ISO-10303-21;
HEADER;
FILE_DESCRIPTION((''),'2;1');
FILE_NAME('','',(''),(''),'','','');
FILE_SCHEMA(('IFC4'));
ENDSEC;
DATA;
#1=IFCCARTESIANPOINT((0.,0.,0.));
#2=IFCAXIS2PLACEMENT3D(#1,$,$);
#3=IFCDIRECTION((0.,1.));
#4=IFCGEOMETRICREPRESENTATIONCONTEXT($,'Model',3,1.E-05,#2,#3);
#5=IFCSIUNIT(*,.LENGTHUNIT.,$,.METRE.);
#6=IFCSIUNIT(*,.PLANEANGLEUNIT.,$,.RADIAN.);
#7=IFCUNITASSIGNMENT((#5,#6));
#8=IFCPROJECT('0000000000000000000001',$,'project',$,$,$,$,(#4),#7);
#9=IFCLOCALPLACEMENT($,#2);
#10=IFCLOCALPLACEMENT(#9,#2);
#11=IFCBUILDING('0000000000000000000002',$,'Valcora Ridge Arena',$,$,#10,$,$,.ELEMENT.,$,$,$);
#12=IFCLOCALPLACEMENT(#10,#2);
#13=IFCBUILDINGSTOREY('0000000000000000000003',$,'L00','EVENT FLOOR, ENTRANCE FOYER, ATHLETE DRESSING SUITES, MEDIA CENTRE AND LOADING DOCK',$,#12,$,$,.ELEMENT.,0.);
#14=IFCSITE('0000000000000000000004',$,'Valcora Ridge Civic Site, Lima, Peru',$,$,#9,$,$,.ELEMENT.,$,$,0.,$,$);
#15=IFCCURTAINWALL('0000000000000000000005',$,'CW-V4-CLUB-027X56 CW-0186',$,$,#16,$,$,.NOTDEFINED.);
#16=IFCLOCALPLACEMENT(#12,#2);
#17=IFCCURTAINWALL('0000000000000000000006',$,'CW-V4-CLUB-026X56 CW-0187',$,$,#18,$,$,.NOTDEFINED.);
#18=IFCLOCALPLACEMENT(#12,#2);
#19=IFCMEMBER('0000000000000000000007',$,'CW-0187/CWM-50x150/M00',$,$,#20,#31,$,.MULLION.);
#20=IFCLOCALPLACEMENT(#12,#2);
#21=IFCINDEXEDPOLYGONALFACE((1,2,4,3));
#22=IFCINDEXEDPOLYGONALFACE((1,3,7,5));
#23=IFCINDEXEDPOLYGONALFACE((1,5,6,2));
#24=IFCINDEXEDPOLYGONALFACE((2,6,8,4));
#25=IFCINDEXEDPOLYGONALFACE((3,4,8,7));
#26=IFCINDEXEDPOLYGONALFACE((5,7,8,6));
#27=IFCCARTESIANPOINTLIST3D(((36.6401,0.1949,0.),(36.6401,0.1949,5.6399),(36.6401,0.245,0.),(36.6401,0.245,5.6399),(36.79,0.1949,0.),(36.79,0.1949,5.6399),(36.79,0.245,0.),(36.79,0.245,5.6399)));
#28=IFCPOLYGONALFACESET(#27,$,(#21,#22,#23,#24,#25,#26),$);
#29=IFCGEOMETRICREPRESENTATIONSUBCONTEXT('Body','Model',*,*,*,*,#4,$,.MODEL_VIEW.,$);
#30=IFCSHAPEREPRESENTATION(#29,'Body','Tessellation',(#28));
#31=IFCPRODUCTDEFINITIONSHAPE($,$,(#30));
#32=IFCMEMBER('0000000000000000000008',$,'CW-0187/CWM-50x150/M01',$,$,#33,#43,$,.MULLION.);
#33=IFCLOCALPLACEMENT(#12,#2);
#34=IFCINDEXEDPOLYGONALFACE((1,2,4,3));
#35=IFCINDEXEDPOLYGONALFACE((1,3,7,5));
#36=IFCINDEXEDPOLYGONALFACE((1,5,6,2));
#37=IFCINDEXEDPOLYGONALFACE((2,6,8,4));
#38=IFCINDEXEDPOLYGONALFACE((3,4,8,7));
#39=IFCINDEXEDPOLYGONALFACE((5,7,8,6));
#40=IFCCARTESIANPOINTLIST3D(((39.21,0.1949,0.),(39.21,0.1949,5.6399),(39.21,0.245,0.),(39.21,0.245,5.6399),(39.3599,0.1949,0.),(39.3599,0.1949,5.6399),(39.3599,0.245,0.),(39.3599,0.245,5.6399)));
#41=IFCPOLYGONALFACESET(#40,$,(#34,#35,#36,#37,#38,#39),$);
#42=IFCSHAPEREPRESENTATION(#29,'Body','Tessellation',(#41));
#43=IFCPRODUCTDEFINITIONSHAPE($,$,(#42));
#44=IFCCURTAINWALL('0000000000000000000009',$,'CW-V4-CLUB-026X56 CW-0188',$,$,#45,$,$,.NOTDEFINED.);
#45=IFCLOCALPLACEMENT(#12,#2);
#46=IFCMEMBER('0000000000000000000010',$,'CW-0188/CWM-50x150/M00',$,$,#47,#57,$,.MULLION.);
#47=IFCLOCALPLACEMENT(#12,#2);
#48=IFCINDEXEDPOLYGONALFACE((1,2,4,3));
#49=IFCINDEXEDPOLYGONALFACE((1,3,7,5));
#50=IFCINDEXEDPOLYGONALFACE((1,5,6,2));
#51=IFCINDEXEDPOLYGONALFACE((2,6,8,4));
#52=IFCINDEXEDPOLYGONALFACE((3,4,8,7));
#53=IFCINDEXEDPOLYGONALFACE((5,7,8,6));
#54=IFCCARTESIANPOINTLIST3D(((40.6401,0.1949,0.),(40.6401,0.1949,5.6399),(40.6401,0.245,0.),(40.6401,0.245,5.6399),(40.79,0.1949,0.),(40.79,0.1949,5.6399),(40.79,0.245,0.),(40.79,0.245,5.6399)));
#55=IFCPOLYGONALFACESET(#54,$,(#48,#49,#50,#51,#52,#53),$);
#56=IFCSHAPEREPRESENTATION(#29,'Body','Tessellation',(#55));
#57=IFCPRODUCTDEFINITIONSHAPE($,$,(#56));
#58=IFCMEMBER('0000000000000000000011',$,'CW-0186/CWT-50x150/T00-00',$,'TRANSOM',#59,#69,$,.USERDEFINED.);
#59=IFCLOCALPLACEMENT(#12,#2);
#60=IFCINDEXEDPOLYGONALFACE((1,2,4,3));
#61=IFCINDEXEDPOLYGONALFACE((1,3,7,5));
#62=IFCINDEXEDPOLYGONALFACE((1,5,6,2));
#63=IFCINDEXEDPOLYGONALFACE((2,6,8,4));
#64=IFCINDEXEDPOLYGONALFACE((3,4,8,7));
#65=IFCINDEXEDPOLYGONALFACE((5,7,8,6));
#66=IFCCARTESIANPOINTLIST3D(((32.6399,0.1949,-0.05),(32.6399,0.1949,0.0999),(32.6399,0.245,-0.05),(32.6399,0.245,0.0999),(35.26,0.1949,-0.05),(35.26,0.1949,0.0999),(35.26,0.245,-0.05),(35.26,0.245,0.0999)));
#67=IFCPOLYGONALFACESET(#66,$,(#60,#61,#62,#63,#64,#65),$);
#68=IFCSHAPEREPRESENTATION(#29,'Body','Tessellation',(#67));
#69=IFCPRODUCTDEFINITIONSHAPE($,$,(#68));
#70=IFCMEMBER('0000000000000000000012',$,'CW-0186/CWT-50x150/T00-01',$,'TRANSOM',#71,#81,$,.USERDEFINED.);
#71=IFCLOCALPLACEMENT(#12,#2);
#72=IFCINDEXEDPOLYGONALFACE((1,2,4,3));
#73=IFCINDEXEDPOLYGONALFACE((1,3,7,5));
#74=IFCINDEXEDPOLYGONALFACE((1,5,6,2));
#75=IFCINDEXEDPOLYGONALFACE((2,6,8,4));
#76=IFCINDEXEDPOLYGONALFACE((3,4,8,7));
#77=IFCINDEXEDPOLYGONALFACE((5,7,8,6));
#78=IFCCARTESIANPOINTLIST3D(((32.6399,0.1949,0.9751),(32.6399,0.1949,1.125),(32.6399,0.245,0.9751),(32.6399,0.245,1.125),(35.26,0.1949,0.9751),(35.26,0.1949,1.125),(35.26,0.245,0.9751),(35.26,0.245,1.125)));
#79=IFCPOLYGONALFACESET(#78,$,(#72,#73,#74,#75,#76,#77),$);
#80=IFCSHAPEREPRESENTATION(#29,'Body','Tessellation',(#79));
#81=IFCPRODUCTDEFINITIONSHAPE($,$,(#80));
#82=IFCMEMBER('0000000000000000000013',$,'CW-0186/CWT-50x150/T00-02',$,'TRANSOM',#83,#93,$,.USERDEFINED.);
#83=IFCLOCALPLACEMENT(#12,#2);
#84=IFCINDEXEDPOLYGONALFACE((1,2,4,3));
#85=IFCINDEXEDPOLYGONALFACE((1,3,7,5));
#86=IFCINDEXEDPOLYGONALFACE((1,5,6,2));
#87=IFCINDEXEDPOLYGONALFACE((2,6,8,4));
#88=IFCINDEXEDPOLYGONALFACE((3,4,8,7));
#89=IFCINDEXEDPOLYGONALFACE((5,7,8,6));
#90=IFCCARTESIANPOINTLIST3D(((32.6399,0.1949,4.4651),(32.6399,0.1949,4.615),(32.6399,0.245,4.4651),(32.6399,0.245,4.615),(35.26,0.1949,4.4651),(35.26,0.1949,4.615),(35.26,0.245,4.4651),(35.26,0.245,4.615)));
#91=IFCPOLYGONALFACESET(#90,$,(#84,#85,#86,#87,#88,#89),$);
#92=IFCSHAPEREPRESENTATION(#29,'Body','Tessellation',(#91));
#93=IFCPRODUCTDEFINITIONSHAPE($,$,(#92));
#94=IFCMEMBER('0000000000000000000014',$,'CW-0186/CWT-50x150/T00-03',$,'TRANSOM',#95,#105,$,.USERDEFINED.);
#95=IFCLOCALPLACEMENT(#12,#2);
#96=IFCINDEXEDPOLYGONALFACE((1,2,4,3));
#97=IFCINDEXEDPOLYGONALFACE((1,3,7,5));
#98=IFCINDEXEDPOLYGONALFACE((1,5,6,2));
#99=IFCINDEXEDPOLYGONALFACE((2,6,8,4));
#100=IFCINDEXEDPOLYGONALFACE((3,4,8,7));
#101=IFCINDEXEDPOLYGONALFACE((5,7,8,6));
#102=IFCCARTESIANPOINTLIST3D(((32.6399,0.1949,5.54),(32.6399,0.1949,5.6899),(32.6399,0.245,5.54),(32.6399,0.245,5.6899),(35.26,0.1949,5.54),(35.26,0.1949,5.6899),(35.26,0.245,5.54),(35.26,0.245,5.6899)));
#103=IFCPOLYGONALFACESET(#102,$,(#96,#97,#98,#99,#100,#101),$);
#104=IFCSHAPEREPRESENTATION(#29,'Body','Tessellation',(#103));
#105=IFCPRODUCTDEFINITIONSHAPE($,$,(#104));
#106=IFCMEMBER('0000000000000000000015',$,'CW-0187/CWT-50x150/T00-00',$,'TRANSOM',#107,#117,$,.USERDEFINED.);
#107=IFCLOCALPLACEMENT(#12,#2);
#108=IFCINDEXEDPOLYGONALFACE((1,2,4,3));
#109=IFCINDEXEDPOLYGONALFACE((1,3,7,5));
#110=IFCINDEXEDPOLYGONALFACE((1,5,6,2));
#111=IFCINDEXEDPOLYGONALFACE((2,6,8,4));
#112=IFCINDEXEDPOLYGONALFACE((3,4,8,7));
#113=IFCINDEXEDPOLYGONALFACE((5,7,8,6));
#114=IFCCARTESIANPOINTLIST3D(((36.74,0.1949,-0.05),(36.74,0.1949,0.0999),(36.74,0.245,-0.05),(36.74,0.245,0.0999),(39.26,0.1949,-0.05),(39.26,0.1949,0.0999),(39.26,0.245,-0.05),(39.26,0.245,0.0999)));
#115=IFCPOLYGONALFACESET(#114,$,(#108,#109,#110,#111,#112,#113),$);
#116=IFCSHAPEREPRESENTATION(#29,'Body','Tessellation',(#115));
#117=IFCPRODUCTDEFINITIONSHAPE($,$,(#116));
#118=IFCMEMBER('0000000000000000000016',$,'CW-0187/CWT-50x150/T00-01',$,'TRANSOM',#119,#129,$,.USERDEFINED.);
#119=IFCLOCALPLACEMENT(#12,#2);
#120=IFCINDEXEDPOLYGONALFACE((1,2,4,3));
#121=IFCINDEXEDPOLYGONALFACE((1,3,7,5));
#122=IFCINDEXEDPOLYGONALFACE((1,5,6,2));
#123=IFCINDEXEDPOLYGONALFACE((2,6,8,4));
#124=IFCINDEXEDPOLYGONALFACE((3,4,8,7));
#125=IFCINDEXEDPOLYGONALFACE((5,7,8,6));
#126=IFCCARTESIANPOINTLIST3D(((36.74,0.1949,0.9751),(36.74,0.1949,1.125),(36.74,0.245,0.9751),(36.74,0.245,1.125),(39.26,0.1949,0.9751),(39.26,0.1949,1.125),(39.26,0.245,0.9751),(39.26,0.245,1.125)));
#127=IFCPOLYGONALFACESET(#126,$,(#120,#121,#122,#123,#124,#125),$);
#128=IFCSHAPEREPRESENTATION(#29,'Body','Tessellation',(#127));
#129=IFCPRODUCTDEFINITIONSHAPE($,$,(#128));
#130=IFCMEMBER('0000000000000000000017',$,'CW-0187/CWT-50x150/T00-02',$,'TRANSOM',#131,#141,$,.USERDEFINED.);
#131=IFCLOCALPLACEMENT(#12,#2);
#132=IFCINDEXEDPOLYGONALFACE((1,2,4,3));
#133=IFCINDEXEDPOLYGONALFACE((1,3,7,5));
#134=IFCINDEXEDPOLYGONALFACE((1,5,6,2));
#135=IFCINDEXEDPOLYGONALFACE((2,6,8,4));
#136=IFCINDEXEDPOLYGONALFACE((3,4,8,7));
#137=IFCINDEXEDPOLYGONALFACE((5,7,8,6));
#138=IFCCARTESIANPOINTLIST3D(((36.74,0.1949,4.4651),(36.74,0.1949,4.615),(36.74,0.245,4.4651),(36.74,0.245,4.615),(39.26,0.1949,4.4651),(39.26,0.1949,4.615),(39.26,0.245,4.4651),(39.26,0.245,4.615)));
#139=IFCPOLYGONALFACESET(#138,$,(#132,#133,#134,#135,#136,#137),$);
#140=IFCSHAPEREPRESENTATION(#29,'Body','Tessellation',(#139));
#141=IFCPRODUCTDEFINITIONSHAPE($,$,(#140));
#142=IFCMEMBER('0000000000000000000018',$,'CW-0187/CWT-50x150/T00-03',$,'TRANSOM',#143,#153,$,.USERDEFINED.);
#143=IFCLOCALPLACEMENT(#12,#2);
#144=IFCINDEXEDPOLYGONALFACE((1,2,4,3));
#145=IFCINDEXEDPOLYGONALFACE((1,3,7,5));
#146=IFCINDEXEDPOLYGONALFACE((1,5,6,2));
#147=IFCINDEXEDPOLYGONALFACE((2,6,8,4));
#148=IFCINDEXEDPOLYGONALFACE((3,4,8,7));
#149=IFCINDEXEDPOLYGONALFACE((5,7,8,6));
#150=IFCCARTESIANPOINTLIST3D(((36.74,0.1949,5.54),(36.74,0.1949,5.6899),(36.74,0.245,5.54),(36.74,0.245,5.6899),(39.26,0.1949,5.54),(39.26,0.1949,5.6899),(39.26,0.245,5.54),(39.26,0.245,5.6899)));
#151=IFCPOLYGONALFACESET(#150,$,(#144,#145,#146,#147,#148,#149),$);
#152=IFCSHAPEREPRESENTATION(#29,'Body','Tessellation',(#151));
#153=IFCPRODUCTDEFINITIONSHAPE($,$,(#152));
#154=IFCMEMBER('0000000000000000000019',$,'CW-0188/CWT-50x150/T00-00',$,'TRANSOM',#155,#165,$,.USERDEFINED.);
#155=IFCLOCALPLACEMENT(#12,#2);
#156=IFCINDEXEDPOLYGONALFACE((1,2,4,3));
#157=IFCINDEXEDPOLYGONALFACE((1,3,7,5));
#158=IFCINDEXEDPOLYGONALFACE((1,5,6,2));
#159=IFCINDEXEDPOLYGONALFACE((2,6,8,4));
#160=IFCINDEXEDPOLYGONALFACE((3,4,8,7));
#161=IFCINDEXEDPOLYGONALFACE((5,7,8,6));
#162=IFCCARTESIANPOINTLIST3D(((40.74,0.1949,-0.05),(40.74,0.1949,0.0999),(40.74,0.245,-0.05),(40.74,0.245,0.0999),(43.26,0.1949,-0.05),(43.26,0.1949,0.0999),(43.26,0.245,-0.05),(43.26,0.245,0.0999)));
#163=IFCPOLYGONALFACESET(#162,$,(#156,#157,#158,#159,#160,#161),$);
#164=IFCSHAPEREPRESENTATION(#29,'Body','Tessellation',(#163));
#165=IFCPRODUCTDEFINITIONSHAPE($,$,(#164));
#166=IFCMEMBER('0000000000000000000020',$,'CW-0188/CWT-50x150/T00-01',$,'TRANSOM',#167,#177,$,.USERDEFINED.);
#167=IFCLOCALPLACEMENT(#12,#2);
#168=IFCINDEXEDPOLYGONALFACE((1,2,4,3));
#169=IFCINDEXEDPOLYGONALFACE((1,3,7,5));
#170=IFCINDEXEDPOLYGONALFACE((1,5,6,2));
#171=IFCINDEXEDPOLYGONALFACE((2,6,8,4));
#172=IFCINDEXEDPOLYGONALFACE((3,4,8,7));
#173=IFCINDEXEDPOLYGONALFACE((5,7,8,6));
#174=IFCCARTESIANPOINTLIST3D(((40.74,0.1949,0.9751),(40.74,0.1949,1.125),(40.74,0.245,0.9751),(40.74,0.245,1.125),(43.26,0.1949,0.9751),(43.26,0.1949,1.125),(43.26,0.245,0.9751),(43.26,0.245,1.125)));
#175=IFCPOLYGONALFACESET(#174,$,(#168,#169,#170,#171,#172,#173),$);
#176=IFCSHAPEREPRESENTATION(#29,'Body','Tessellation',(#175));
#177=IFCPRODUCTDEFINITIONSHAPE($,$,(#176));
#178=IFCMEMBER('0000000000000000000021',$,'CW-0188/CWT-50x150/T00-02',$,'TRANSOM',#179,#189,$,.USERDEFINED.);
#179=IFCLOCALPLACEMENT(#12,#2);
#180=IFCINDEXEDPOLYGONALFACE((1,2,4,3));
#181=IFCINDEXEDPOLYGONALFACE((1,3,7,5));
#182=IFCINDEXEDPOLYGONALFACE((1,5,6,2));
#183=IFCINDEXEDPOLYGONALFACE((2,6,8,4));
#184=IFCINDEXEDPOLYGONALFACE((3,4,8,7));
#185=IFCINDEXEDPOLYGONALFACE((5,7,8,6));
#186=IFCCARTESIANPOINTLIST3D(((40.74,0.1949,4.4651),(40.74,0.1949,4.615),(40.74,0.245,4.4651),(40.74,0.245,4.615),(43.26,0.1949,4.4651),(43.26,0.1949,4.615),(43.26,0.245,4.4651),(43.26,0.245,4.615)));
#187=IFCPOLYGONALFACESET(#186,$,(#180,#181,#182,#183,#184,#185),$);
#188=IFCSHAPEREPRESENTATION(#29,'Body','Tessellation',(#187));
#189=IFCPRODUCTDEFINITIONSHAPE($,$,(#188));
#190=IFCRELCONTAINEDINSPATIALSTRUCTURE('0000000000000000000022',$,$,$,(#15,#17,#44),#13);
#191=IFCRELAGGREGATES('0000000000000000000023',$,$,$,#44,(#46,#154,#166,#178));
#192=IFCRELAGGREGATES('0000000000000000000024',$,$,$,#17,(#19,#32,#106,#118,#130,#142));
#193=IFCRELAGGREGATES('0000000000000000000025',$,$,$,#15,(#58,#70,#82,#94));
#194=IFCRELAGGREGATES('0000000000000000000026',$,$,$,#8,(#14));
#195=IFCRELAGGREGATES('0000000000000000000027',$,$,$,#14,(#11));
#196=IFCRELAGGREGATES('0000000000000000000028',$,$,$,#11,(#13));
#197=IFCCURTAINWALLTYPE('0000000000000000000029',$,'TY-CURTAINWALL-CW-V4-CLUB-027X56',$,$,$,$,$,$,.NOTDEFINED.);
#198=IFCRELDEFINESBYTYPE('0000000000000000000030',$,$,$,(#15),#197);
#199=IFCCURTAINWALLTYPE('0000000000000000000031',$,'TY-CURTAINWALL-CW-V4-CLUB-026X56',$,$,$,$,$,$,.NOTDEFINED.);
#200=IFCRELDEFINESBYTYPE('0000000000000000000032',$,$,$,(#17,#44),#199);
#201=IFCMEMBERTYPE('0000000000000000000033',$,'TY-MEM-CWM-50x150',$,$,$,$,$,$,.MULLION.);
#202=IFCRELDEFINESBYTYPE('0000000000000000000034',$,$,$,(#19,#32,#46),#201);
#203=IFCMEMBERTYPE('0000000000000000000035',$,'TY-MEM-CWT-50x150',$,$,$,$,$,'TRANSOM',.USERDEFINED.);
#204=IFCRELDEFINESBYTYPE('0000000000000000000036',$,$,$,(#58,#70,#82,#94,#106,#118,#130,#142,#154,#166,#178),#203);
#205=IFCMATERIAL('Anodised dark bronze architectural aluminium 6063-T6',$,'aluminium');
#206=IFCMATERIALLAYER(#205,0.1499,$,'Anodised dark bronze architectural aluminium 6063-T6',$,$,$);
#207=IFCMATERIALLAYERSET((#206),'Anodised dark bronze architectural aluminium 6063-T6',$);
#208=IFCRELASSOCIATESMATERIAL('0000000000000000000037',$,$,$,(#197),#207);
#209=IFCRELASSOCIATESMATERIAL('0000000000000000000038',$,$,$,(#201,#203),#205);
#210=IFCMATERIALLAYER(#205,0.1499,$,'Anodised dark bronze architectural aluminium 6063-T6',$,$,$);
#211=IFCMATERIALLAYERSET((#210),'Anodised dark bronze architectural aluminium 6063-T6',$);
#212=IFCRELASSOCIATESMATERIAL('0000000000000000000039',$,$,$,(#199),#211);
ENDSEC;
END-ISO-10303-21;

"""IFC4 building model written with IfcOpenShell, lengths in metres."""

from ifc_helpers import new_model, si_unit, direction, frame, origin, origin_2d, place, context, subcontext, project, spatial, rectangle, extrude, material, layer, layer_set, material_profile, profile_set, type_object, element, aggregate, save


model = new_model("IFC4")

# Units and contexts
model_context = context("Model", 3, precision=1e-05, world=origin(), true_north=direction((0.0, 1.0)))
body_context = subcontext(model_context, "Body", "Model", "MODEL_VIEW")
ifc_project = project(units=[si_unit("LENGTHUNIT", "METRE"), si_unit("PLANEANGLEUNIT", "RADIAN")], contexts=[model_context])

# Site, building, storey
site_placement = place(None, origin())
site = spatial("IfcSite", under=ifc_project, at=site_placement, Name="Valcora Ridge Civic Site, Lima, Peru", CompositionType="ELEMENT", RefElevation=0.0)
building_placement = place(site_placement, origin())
building = spatial("IfcBuilding", under=site, at=building_placement, Name="Valcora Ridge Arena", CompositionType="ELEMENT")
storey_placement = place(building_placement, origin())
storey = spatial("IfcBuildingStorey", under=building, at=storey_placement, Name="L00", Description="EVENT FLOOR, ENTRANCE FOYER, ATHLETE DRESSING SUITES, MEDIA CENTRE AND LOADING DOCK", CompositionType="ELEMENT", Elevation=0.0)

# Curtain walls, members
ifc_material_1 = material(Name="Anodised dark bronze architectural aluminium 6063-T6", Category="aluminium")
ifc_layer_1 = layer(ifc_material_1, 0.1499, Name="Anodised dark bronze architectural aluminium 6063-T6")
ifc_layer_set_1 = layer_set([ifc_layer_1], Name="Anodised dark bronze architectural aluminium 6063-T6")
curtain_wall_type_1 = type_object("IfcCurtainWallType", Name="TY-CURTAINWALL-CW-V4-CLUB-027X56", PredefinedType="NOTDEFINED", material=ifc_layer_set_1)
curtain_wall_1_placement = place(storey_placement, origin())
curtain_wall_1 = element("IfcCurtainWall", 1, at=curtain_wall_1_placement, inside=storey, type_object=curtain_wall_type_1, Name="CW-V4-CLUB-027X56 CW-0186", PredefinedType="NOTDEFINED")
ifc_material_profile_1 = material_profile(ifc_material_1, rectangle(XDim=0.05, YDim=0.1499, at=origin_2d()), Name="ALU MULLION 50x150")
ifc_profile_set_1 = profile_set([ifc_material_profile_1], Name="Anodised dark bronze architectural aluminium 6063-T6")
member_type_1 = type_object("IfcMemberType", Name="TY-MEM-CWM-50x150", PredefinedType="MULLION", material=ifc_profile_set_1)
ifc_layer_2 = layer(ifc_material_1, 0.1499, Name="Anodised dark bronze architectural aluminium 6063-T6")
ifc_layer_set_2 = layer_set([ifc_layer_2], Name="Anodised dark bronze architectural aluminium 6063-T6")
curtain_wall_type_2 = type_object("IfcCurtainWallType", Name="TY-CURTAINWALL-CW-V4-CLUB-026X56", PredefinedType="NOTDEFINED", material=ifc_layer_set_2)
curtain_wall_2_placement = place(storey_placement, origin())
curtain_wall_2 = element("IfcCurtainWall", 2, at=curtain_wall_2_placement, inside=storey, type_object=curtain_wall_type_2, Name="CW-V4-CLUB-026X56 CW-0187", PredefinedType="NOTDEFINED")
member_1_placement = place(storey_placement, frame((36.7151, 0.22, 0.0), z_axis=(0.0, 0.0, 1.0), x_axis=(0.0, 1.0, 0.0)))
member_1 = element("IfcMember", 3, at=member_1_placement, type_object=member_type_1, Name="CW-0187/CWM-50x150/M00", PredefinedType="MULLION", context=body_context, shape_type="SweptSolid", body=[
    extrude(rectangle(XDim=0.05, YDim=0.1499, at=origin_2d()), origin(), (0.0, 0.0, 1.0), 5.6399),
])
member_2_placement = place(storey_placement, frame((39.2849, 0.22, 0.0), z_axis=(0.0, 0.0, 1.0), x_axis=(0.0, 1.0, 0.0)))
member_2 = element("IfcMember", 4, at=member_2_placement, type_object=member_type_1, Name="CW-0187/CWM-50x150/M01", PredefinedType="MULLION", context=body_context, shape_type="SweptSolid", body=[
    extrude(rectangle(XDim=0.05, YDim=0.1499, at=origin_2d()), origin(), (0.0, 0.0, 1.0), 5.6399),
])

# Curtain wall, member
curtain_wall_3_placement = place(storey_placement, origin())
curtain_wall_3 = element("IfcCurtainWall", 5, at=curtain_wall_3_placement, inside=storey, type_object=curtain_wall_type_2, Name="CW-V4-CLUB-026X56 CW-0188", PredefinedType="NOTDEFINED")
member_3_placement = place(storey_placement, frame((40.7151, 0.22, 0.0), z_axis=(0.0, 0.0, 1.0), x_axis=(0.0, 1.0, 0.0)))
member_3 = element("IfcMember", 6, at=member_3_placement, type_object=member_type_1, Name="CW-0188/CWM-50x150/M00", PredefinedType="MULLION", context=body_context, shape_type="SweptSolid", body=[
    extrude(rectangle(XDim=0.05, YDim=0.1499, at=origin_2d()), origin(), (0.0, 0.0, 1.0), 5.6399),
])

# Members
ifc_material_profile_2 = material_profile(ifc_material_1, rectangle(XDim=0.05, YDim=0.1499, at=origin_2d()), Name="ALU TRANSOM 50x150")
ifc_profile_set_2 = profile_set([ifc_material_profile_2], Name="Anodised dark bronze architectural aluminium 6063-T6")
member_type_2 = type_object("IfcMemberType", Name="TY-MEM-CWT-50x150", ElementType="TRANSOM", PredefinedType="USERDEFINED", material=ifc_profile_set_2)
member_4_placement = place(storey_placement, frame((32.6399, 0.22, 0.0249), z_axis=(1.0, 0.0, 0.0), x_axis=(0.0, 1.0, 0.0)))
member_4 = element("IfcMember", 7, at=member_4_placement, type_object=member_type_2, Name="CW-0186/CWT-50x150/T00-00", ObjectType="TRANSOM", PredefinedType="USERDEFINED", context=body_context, shape_type="SweptSolid", body=[
    extrude(rectangle(XDim=0.05, YDim=0.1499, at=origin_2d()), origin(), (0.0, 0.0, 1.0), 2.6201),
])
member_5_placement = place(storey_placement, frame((32.6399, 0.22, 1.05), z_axis=(1.0, 0.0, 0.0), x_axis=(0.0, 1.0, 0.0)))
member_5 = element("IfcMember", 8, at=member_5_placement, type_object=member_type_2, Name="CW-0186/CWT-50x150/T00-01", ObjectType="TRANSOM", PredefinedType="USERDEFINED", context=body_context, shape_type="SweptSolid", body=[
    extrude(rectangle(XDim=0.05, YDim=0.1499, at=origin_2d()), origin(), (0.0, 0.0, 1.0), 2.6201),
])
member_6_placement = place(storey_placement, frame((32.6399, 0.22, 4.54), z_axis=(1.0, 0.0, 0.0), x_axis=(0.0, 1.0, 0.0)))
member_6 = element("IfcMember", 9, at=member_6_placement, type_object=member_type_2, Name="CW-0186/CWT-50x150/T00-02", ObjectType="TRANSOM", PredefinedType="USERDEFINED", context=body_context, shape_type="SweptSolid", body=[
    extrude(rectangle(XDim=0.05, YDim=0.1499, at=origin_2d()), origin(), (0.0, 0.0, 1.0), 2.6201),
])
member_7_placement = place(storey_placement, frame((32.6399, 0.22, 5.615), z_axis=(1.0, 0.0, 0.0), x_axis=(0.0, 1.0, 0.0)))
member_7 = element("IfcMember", 10, at=member_7_placement, type_object=member_type_2, Name="CW-0186/CWT-50x150/T00-03", ObjectType="TRANSOM", PredefinedType="USERDEFINED", context=body_context, shape_type="SweptSolid", body=[
    extrude(rectangle(XDim=0.05, YDim=0.1499, at=origin_2d()), origin(), (0.0, 0.0, 1.0), 2.6201),
])
member_8_placement = place(storey_placement, frame((36.74, 0.22, 0.0249), z_axis=(1.0, 0.0, 0.0), x_axis=(0.0, 1.0, 0.0)))
member_8 = element("IfcMember", 11, at=member_8_placement, type_object=member_type_2, Name="CW-0187/CWT-50x150/T00-00", ObjectType="TRANSOM", PredefinedType="USERDEFINED", context=body_context, shape_type="SweptSolid", body=[
    extrude(rectangle(XDim=0.05, YDim=0.1499, at=origin_2d()), origin(), (0.0, 0.0, 1.0), 2.52),
])
member_9_placement = place(storey_placement, frame((36.74, 0.22, 1.05), z_axis=(1.0, 0.0, 0.0), x_axis=(0.0, 1.0, 0.0)))
member_9 = element("IfcMember", 12, at=member_9_placement, type_object=member_type_2, Name="CW-0187/CWT-50x150/T00-01", ObjectType="TRANSOM", PredefinedType="USERDEFINED", context=body_context, shape_type="SweptSolid", body=[
    extrude(rectangle(XDim=0.05, YDim=0.1499, at=origin_2d()), origin(), (0.0, 0.0, 1.0), 2.52),
])
member_10_placement = place(storey_placement, frame((36.74, 0.22, 4.54), z_axis=(1.0, 0.0, 0.0), x_axis=(0.0, 1.0, 0.0)))
member_10 = element("IfcMember", 13, at=member_10_placement, type_object=member_type_2, Name="CW-0187/CWT-50x150/T00-02", ObjectType="TRANSOM", PredefinedType="USERDEFINED", context=body_context, shape_type="SweptSolid", body=[
    extrude(rectangle(XDim=0.05, YDim=0.1499, at=origin_2d()), origin(), (0.0, 0.0, 1.0), 2.52),
])
member_11_placement = place(storey_placement, frame((36.74, 0.22, 5.615), z_axis=(1.0, 0.0, 0.0), x_axis=(0.0, 1.0, 0.0)))
member_11 = element("IfcMember", 14, at=member_11_placement, type_object=member_type_2, Name="CW-0187/CWT-50x150/T00-03", ObjectType="TRANSOM", PredefinedType="USERDEFINED", context=body_context, shape_type="SweptSolid", body=[
    extrude(rectangle(XDim=0.05, YDim=0.1499, at=origin_2d()), origin(), (0.0, 0.0, 1.0), 2.52),
])
member_12_placement = place(storey_placement, frame((40.74, 0.22, 0.0249), z_axis=(1.0, 0.0, 0.0), x_axis=(0.0, 1.0, 0.0)))
member_12 = element("IfcMember", 15, at=member_12_placement, type_object=member_type_2, Name="CW-0188/CWT-50x150/T00-00", ObjectType="TRANSOM", PredefinedType="USERDEFINED", context=body_context, shape_type="SweptSolid", body=[
    extrude(rectangle(XDim=0.05, YDim=0.1499, at=origin_2d()), origin(), (0.0, 0.0, 1.0), 2.52),
])
member_13_placement = place(storey_placement, frame((40.74, 0.22, 1.05), z_axis=(1.0, 0.0, 0.0), x_axis=(0.0, 1.0, 0.0)))
member_13 = element("IfcMember", 16, at=member_13_placement, type_object=member_type_2, Name="CW-0188/CWT-50x150/T00-01", ObjectType="TRANSOM", PredefinedType="USERDEFINED", context=body_context, shape_type="SweptSolid", body=[
    extrude(rectangle(XDim=0.05, YDim=0.1499, at=origin_2d()), origin(), (0.0, 0.0, 1.0), 2.52),
])
member_14_placement = place(storey_placement, frame((40.74, 0.22, 4.54), z_axis=(1.0, 0.0, 0.0), x_axis=(0.0, 1.0, 0.0)))
member_14 = element("IfcMember", 17, at=member_14_placement, type_object=member_type_2, Name="CW-0188/CWT-50x150/T00-02", ObjectType="TRANSOM", PredefinedType="USERDEFINED", context=body_context, shape_type="SweptSolid", body=[
    extrude(rectangle(XDim=0.05, YDim=0.1499, at=origin_2d()), origin(), (0.0, 0.0, 1.0), 2.52),
])
aggregate(curtain_wall_3, [member_3, member_12, member_13, member_14])

aggregate(curtain_wall_2, [member_1, member_2, member_8, member_9, member_10, member_11])
aggregate(curtain_wall_1, [member_4, member_5, member_6, member_7])

save(model, "model.ifc")
